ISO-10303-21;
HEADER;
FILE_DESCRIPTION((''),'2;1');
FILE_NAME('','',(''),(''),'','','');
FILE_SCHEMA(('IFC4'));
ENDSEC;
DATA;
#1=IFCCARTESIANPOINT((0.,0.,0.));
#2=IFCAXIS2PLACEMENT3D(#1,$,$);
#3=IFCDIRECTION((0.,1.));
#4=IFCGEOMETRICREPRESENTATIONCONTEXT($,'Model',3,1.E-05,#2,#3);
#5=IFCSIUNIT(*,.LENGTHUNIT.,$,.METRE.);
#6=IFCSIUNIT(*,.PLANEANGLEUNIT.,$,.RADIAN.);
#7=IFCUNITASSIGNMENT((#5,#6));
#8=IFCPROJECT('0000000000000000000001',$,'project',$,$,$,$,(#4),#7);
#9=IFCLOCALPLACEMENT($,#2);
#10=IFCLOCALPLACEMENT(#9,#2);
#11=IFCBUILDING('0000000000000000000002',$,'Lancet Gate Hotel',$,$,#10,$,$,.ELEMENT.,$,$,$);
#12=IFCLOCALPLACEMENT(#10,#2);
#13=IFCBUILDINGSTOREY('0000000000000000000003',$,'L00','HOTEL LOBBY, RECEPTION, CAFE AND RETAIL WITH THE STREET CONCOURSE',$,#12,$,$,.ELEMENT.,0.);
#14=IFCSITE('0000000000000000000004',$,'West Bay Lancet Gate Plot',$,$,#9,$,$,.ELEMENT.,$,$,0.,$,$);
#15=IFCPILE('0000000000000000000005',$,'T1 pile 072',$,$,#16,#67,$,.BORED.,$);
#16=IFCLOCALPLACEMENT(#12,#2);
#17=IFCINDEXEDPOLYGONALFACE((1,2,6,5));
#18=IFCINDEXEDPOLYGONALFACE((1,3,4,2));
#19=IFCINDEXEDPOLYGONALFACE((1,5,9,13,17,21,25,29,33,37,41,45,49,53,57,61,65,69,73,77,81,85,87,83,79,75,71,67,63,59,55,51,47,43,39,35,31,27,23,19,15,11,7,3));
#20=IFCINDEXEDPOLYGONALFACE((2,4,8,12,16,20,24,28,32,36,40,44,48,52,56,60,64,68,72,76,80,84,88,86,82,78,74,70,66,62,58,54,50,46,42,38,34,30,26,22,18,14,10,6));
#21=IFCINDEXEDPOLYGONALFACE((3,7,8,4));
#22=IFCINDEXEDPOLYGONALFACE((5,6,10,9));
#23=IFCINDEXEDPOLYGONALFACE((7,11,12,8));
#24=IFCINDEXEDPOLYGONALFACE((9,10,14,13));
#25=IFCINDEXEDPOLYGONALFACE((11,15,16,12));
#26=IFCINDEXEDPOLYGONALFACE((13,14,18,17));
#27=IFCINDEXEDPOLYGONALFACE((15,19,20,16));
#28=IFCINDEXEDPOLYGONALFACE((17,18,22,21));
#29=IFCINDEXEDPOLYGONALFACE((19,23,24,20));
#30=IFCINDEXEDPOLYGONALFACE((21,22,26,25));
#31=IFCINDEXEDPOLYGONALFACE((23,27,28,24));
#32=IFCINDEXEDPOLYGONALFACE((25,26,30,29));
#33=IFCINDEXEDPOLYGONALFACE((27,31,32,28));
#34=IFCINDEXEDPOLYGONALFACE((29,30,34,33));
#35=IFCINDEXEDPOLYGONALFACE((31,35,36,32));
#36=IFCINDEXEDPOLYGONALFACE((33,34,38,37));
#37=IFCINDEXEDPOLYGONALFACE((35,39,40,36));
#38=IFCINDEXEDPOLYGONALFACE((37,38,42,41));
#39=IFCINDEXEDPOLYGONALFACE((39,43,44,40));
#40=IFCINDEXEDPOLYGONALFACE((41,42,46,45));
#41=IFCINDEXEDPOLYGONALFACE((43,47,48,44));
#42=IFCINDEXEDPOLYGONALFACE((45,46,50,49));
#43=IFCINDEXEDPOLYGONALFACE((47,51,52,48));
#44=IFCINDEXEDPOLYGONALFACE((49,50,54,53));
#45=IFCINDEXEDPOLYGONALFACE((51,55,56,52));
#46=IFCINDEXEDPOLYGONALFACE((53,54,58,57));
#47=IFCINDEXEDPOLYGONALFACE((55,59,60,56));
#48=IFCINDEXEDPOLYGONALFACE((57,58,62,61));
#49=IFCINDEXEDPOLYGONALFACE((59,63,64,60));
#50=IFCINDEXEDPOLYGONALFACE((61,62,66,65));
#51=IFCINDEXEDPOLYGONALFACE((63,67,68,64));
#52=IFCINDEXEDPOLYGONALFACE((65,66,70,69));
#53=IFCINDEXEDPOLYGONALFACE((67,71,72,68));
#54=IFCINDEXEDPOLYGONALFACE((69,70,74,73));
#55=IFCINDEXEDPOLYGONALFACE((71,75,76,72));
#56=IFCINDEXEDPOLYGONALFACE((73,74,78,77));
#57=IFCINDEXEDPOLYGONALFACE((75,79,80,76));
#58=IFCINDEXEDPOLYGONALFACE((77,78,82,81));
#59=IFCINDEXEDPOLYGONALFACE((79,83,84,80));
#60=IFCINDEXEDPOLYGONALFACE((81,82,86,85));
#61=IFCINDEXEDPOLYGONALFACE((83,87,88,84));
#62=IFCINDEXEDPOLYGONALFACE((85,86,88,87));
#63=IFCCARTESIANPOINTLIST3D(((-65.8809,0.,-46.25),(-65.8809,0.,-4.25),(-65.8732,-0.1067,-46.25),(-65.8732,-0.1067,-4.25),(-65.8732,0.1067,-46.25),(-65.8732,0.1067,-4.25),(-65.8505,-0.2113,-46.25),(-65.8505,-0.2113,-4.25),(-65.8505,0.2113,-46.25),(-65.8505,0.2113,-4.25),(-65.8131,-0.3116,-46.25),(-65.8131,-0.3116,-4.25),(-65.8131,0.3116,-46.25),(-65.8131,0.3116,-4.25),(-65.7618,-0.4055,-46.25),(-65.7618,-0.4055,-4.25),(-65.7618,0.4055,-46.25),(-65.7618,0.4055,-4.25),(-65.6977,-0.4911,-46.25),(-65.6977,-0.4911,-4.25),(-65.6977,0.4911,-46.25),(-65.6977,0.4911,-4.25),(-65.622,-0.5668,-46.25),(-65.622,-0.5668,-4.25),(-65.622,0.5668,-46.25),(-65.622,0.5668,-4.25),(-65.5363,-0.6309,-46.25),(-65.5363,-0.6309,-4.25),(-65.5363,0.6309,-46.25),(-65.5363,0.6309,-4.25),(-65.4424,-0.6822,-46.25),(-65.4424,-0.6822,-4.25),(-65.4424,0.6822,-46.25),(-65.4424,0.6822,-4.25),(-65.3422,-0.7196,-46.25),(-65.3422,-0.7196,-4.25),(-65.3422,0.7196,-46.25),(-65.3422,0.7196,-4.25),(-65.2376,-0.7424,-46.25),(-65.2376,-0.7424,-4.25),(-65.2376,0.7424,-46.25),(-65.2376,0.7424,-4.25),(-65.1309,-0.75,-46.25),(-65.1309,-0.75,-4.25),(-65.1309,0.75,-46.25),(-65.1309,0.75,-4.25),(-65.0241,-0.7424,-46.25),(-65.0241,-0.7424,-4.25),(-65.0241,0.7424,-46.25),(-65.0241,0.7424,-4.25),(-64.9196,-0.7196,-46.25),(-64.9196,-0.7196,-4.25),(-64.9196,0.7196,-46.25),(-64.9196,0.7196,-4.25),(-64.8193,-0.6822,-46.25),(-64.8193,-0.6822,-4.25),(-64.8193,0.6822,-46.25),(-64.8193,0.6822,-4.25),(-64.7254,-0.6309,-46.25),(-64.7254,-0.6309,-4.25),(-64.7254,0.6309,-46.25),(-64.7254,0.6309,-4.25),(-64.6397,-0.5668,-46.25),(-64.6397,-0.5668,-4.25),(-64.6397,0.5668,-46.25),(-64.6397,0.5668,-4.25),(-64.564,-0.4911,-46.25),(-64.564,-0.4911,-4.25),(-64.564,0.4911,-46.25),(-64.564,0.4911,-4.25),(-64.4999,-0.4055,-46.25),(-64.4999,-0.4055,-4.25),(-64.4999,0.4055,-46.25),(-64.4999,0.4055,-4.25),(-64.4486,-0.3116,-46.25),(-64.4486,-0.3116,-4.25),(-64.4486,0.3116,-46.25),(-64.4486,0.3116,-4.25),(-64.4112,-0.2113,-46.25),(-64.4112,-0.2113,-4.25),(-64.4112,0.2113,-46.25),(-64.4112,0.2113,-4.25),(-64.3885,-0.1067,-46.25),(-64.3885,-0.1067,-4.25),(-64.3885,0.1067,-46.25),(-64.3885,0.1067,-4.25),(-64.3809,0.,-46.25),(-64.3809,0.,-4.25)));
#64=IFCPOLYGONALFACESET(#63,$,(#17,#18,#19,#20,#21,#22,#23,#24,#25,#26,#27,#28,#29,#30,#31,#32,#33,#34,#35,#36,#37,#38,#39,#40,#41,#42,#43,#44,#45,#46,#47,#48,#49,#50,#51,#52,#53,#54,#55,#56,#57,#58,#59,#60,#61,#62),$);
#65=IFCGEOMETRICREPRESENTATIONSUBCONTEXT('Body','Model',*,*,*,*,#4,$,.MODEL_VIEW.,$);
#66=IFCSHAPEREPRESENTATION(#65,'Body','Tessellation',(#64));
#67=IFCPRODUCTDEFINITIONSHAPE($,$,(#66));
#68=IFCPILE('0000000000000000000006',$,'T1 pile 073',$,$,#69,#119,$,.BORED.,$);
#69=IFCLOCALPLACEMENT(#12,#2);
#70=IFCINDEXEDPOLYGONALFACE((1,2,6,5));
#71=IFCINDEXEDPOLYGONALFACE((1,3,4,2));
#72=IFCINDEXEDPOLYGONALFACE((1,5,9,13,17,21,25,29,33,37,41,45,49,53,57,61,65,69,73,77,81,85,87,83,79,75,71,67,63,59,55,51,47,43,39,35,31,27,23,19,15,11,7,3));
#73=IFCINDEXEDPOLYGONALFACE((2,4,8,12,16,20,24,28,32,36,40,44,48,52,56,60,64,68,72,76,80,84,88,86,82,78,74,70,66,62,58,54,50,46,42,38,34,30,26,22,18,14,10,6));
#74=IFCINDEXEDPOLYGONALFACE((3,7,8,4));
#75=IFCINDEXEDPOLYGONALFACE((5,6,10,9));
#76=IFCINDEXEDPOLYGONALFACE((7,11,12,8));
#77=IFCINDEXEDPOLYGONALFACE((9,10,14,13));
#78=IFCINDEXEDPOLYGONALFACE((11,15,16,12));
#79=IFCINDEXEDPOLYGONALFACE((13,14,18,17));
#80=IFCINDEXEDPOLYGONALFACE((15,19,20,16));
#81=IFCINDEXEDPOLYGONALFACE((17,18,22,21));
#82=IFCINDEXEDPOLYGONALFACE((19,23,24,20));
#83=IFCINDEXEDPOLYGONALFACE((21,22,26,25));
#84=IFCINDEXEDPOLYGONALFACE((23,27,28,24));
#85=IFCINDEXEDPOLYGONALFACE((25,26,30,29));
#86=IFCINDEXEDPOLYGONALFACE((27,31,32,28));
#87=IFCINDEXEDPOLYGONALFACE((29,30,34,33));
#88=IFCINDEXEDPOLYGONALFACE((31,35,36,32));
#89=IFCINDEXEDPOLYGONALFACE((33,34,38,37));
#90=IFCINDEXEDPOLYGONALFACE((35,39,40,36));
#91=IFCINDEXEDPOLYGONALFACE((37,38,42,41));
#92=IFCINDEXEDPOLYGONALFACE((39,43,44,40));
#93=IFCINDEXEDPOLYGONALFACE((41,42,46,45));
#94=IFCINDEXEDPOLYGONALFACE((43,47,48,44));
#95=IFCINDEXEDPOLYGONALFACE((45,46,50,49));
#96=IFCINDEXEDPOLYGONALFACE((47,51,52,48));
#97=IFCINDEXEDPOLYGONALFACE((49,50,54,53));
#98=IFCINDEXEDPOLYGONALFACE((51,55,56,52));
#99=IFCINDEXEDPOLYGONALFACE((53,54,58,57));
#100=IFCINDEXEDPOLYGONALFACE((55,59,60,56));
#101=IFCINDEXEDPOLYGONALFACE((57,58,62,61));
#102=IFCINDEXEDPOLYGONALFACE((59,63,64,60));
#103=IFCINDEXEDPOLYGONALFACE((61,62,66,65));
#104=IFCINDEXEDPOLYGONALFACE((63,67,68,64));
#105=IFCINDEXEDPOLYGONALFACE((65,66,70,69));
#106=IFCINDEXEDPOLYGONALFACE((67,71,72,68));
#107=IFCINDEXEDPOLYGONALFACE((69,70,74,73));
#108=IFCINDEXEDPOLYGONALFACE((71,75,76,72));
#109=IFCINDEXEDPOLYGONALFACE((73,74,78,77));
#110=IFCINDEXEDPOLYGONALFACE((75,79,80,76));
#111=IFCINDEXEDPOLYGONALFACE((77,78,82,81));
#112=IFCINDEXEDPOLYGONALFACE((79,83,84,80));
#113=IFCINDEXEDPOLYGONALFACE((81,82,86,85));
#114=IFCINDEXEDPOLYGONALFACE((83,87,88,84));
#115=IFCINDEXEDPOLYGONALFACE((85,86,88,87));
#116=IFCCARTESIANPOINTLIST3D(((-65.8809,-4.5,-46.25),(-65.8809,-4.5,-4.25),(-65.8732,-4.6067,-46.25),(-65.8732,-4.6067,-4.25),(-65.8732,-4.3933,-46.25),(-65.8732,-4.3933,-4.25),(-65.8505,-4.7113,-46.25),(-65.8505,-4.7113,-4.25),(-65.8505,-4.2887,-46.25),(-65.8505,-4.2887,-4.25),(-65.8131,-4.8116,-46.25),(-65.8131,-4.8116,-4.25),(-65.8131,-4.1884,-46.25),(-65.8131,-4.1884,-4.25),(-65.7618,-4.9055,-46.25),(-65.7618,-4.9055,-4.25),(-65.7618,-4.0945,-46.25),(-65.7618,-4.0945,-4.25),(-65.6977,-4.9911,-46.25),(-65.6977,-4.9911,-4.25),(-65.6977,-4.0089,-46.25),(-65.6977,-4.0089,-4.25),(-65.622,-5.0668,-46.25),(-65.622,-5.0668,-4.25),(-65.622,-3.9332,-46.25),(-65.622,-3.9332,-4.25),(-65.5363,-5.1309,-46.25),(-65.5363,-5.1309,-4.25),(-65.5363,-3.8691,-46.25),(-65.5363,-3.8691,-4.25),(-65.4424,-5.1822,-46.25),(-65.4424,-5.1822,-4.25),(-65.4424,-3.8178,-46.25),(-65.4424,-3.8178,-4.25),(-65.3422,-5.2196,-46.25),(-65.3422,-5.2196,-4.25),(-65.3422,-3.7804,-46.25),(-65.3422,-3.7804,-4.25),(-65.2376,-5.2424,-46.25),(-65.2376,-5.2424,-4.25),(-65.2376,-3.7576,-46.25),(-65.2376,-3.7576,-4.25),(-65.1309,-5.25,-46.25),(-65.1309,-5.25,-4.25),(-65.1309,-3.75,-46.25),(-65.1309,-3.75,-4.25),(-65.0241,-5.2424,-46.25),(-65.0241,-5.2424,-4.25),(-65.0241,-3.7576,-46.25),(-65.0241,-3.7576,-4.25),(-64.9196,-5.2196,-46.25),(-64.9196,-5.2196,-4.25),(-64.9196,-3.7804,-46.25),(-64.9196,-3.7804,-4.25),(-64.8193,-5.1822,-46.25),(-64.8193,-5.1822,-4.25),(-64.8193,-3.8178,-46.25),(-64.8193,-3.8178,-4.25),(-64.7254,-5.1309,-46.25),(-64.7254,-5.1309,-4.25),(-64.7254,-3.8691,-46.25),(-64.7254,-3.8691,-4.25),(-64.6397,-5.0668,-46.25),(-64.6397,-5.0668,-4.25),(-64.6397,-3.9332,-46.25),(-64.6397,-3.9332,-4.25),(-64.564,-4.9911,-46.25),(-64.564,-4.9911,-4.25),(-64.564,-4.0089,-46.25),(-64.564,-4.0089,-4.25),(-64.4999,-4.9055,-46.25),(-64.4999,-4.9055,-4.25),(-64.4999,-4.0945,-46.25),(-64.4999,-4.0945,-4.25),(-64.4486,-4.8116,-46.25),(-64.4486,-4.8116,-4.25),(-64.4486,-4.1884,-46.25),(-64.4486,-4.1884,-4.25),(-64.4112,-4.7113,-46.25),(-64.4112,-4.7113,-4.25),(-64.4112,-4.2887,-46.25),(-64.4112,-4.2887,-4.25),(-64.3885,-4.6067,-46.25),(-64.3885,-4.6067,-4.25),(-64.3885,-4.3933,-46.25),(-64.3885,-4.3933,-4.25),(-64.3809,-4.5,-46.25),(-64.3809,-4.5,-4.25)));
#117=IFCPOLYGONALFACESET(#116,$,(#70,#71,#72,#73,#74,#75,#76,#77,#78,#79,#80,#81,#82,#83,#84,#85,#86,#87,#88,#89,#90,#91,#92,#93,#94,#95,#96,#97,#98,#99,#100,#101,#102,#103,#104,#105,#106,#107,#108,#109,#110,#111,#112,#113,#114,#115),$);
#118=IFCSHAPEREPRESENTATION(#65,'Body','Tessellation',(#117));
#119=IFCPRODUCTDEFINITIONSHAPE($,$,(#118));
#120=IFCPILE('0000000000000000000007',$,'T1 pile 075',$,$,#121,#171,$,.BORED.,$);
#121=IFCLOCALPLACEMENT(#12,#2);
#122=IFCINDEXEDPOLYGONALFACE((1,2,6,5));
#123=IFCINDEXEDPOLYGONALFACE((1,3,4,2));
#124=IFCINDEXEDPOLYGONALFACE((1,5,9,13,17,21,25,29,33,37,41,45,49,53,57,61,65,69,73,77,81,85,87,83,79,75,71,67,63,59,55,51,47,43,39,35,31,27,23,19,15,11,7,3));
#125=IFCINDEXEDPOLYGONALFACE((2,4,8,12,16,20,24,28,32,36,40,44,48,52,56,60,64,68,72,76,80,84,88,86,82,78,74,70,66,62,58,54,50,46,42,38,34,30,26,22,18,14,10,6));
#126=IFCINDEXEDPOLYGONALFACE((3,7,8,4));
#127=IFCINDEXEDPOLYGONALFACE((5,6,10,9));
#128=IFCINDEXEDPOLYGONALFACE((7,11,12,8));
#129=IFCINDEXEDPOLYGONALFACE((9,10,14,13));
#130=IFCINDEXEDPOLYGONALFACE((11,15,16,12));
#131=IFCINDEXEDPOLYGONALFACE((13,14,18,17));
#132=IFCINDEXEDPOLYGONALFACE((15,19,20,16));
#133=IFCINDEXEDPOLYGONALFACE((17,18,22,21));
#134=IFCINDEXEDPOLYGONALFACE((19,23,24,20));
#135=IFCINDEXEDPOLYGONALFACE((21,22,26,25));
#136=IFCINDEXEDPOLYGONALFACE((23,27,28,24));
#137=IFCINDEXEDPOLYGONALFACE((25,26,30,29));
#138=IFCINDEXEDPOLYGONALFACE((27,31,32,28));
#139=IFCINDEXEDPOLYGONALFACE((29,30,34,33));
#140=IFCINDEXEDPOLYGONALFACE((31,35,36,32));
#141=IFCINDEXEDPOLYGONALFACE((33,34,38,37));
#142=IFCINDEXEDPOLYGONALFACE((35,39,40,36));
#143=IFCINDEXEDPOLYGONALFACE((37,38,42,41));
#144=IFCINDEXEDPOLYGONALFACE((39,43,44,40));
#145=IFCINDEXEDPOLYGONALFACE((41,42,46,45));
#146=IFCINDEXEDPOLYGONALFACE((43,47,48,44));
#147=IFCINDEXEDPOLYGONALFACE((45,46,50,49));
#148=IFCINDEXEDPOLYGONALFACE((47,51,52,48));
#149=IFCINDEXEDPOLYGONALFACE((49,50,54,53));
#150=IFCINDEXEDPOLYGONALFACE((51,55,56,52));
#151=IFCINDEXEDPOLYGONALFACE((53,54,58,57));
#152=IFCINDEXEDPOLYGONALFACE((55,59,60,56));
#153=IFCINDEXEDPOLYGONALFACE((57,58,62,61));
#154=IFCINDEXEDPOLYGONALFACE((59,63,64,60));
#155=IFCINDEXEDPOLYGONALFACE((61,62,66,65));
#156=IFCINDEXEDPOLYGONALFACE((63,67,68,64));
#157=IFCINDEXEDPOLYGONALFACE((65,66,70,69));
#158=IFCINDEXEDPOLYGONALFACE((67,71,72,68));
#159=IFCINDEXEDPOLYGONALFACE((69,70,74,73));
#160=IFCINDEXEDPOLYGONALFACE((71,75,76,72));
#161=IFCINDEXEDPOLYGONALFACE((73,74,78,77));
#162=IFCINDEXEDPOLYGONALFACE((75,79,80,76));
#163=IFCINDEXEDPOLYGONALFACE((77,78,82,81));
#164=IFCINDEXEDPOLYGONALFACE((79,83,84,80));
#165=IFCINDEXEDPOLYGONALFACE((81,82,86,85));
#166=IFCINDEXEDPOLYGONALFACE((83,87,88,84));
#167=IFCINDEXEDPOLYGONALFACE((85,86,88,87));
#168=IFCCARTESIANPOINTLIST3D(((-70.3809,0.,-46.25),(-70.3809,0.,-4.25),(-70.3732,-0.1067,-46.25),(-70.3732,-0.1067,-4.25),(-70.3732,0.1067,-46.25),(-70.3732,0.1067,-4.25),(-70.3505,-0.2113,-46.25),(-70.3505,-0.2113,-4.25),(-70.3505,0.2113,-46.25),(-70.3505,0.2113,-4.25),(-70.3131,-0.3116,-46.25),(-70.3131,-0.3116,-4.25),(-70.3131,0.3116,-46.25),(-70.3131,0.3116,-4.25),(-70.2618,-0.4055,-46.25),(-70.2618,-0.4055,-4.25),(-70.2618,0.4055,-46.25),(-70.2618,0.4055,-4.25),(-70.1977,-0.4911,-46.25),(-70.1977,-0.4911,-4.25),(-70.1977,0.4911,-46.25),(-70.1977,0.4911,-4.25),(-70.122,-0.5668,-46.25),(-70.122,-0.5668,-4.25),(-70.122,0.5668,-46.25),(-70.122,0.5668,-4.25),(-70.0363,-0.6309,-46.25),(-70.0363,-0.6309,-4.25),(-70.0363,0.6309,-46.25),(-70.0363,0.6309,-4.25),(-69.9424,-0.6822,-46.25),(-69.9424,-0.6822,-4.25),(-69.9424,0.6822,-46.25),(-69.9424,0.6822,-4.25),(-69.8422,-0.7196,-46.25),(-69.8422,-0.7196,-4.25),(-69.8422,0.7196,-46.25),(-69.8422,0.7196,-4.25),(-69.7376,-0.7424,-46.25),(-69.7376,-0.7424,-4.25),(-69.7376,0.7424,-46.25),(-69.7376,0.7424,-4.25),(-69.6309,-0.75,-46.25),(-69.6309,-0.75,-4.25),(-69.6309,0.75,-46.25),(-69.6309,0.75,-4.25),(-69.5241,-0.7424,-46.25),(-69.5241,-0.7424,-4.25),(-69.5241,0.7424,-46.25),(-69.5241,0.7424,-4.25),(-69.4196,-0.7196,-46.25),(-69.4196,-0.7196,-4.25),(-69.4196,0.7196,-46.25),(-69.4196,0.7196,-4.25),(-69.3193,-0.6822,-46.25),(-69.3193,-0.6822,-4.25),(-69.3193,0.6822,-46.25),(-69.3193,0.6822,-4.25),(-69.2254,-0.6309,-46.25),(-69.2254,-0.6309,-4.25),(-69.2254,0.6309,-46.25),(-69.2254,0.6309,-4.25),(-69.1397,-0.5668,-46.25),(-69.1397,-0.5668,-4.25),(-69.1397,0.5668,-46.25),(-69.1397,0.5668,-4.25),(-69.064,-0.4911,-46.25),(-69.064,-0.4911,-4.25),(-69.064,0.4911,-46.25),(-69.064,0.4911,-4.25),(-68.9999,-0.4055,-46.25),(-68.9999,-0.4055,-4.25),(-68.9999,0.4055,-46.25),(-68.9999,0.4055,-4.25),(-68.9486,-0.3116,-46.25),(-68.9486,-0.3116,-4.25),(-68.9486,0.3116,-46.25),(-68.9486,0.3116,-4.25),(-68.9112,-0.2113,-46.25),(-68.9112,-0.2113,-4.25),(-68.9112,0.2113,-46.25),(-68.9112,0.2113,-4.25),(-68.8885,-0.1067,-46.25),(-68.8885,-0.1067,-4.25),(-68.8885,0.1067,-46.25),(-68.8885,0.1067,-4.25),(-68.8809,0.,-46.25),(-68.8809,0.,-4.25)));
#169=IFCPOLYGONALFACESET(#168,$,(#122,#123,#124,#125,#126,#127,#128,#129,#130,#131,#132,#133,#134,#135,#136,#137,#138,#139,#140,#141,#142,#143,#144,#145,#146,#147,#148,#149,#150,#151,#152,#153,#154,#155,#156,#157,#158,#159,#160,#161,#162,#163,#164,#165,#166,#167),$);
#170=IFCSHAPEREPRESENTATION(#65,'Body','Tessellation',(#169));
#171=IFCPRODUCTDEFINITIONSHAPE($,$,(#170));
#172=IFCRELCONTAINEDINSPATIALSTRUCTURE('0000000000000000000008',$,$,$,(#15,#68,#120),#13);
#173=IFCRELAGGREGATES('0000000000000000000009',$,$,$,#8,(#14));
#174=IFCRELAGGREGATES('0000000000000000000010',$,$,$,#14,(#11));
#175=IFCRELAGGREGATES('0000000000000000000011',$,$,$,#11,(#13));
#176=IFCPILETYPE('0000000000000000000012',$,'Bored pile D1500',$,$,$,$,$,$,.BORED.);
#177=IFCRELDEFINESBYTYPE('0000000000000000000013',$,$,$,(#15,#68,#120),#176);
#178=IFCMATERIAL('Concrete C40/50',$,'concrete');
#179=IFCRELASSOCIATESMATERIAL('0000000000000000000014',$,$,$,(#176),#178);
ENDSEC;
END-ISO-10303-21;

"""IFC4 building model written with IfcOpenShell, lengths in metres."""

from ifc_helpers import new_model, si_unit, direction, frame, origin, origin_2d, place, context, subcontext, project, spatial, circle, extrude, material, material_profile, profile_set, type_object, element, save


model = new_model("IFC4")

# Units and contexts
model_context = context("Model", 3, precision=1e-05, world=origin(), true_north=direction((0.0, 1.0)))
body_context = subcontext(model_context, "Body", "Model", "MODEL_VIEW")
ifc_project = project(units=[si_unit("LENGTHUNIT", "METRE"), si_unit("PLANEANGLEUNIT", "RADIAN")], contexts=[model_context])

# Site, building, storey
site_placement = place(None, origin())
site = spatial("IfcSite", under=ifc_project, at=site_placement, Name="West Bay Lancet Gate Plot", CompositionType="ELEMENT", RefElevation=0.0)
building_placement = place(site_placement, origin())
building = spatial("IfcBuilding", under=site, at=building_placement, Name="Lancet Gate Hotel", CompositionType="ELEMENT")
storey_placement = place(building_placement, origin())
storey = spatial("IfcBuildingStorey", under=building, at=storey_placement, Name="L00", Description="HOTEL LOBBY, RECEPTION, CAFE AND RETAIL WITH THE STREET CONCOURSE", CompositionType="ELEMENT", Elevation=0.0)

# Piles
ifc_material_1 = material(Name="Concrete C40/50", Category="concrete")
ifc_material_profile_1 = material_profile(ifc_material_1, circle(Radius=0.75, at=origin_2d()), Name="PILE D1500")
ifc_profile_set_1 = profile_set([ifc_material_profile_1], Name="Concrete C40/50")
pile_type = type_object("IfcPileType", Name="Bored pile D1500", PredefinedType="BORED", material=ifc_profile_set_1)
for number, where, z_axis, x_axis, name in (
    (1, (-65.1309, 0.0, -4.25), (0.0, 0.0, -1.0), (1.0, 0.0, 0.0), "T1 pile 072"),
    (2, (-65.1309, -4.5, -4.25), (0.0, 0.0, -1.0), (1.0, 0.0, 0.0), "T1 pile 073"),
    (3, (-69.6309, 0.0, -4.25), (0.0, 0.0, -1.0), (1.0, 0.0, 0.0), "T1 pile 075"),
):
    element("IfcPile", number, at=place(storey_placement, frame(where, z_axis=z_axis, x_axis=x_axis)), inside=storey, type_object=pile_type, Name=name, PredefinedType="BORED", context=body_context, shape_type="SweptSolid", body=[
        extrude(circle(Radius=0.75, at=origin_2d()), origin(), (0.0, 0.0, 1.0), 42.0),
    ])

save(model, "model.ifc")
